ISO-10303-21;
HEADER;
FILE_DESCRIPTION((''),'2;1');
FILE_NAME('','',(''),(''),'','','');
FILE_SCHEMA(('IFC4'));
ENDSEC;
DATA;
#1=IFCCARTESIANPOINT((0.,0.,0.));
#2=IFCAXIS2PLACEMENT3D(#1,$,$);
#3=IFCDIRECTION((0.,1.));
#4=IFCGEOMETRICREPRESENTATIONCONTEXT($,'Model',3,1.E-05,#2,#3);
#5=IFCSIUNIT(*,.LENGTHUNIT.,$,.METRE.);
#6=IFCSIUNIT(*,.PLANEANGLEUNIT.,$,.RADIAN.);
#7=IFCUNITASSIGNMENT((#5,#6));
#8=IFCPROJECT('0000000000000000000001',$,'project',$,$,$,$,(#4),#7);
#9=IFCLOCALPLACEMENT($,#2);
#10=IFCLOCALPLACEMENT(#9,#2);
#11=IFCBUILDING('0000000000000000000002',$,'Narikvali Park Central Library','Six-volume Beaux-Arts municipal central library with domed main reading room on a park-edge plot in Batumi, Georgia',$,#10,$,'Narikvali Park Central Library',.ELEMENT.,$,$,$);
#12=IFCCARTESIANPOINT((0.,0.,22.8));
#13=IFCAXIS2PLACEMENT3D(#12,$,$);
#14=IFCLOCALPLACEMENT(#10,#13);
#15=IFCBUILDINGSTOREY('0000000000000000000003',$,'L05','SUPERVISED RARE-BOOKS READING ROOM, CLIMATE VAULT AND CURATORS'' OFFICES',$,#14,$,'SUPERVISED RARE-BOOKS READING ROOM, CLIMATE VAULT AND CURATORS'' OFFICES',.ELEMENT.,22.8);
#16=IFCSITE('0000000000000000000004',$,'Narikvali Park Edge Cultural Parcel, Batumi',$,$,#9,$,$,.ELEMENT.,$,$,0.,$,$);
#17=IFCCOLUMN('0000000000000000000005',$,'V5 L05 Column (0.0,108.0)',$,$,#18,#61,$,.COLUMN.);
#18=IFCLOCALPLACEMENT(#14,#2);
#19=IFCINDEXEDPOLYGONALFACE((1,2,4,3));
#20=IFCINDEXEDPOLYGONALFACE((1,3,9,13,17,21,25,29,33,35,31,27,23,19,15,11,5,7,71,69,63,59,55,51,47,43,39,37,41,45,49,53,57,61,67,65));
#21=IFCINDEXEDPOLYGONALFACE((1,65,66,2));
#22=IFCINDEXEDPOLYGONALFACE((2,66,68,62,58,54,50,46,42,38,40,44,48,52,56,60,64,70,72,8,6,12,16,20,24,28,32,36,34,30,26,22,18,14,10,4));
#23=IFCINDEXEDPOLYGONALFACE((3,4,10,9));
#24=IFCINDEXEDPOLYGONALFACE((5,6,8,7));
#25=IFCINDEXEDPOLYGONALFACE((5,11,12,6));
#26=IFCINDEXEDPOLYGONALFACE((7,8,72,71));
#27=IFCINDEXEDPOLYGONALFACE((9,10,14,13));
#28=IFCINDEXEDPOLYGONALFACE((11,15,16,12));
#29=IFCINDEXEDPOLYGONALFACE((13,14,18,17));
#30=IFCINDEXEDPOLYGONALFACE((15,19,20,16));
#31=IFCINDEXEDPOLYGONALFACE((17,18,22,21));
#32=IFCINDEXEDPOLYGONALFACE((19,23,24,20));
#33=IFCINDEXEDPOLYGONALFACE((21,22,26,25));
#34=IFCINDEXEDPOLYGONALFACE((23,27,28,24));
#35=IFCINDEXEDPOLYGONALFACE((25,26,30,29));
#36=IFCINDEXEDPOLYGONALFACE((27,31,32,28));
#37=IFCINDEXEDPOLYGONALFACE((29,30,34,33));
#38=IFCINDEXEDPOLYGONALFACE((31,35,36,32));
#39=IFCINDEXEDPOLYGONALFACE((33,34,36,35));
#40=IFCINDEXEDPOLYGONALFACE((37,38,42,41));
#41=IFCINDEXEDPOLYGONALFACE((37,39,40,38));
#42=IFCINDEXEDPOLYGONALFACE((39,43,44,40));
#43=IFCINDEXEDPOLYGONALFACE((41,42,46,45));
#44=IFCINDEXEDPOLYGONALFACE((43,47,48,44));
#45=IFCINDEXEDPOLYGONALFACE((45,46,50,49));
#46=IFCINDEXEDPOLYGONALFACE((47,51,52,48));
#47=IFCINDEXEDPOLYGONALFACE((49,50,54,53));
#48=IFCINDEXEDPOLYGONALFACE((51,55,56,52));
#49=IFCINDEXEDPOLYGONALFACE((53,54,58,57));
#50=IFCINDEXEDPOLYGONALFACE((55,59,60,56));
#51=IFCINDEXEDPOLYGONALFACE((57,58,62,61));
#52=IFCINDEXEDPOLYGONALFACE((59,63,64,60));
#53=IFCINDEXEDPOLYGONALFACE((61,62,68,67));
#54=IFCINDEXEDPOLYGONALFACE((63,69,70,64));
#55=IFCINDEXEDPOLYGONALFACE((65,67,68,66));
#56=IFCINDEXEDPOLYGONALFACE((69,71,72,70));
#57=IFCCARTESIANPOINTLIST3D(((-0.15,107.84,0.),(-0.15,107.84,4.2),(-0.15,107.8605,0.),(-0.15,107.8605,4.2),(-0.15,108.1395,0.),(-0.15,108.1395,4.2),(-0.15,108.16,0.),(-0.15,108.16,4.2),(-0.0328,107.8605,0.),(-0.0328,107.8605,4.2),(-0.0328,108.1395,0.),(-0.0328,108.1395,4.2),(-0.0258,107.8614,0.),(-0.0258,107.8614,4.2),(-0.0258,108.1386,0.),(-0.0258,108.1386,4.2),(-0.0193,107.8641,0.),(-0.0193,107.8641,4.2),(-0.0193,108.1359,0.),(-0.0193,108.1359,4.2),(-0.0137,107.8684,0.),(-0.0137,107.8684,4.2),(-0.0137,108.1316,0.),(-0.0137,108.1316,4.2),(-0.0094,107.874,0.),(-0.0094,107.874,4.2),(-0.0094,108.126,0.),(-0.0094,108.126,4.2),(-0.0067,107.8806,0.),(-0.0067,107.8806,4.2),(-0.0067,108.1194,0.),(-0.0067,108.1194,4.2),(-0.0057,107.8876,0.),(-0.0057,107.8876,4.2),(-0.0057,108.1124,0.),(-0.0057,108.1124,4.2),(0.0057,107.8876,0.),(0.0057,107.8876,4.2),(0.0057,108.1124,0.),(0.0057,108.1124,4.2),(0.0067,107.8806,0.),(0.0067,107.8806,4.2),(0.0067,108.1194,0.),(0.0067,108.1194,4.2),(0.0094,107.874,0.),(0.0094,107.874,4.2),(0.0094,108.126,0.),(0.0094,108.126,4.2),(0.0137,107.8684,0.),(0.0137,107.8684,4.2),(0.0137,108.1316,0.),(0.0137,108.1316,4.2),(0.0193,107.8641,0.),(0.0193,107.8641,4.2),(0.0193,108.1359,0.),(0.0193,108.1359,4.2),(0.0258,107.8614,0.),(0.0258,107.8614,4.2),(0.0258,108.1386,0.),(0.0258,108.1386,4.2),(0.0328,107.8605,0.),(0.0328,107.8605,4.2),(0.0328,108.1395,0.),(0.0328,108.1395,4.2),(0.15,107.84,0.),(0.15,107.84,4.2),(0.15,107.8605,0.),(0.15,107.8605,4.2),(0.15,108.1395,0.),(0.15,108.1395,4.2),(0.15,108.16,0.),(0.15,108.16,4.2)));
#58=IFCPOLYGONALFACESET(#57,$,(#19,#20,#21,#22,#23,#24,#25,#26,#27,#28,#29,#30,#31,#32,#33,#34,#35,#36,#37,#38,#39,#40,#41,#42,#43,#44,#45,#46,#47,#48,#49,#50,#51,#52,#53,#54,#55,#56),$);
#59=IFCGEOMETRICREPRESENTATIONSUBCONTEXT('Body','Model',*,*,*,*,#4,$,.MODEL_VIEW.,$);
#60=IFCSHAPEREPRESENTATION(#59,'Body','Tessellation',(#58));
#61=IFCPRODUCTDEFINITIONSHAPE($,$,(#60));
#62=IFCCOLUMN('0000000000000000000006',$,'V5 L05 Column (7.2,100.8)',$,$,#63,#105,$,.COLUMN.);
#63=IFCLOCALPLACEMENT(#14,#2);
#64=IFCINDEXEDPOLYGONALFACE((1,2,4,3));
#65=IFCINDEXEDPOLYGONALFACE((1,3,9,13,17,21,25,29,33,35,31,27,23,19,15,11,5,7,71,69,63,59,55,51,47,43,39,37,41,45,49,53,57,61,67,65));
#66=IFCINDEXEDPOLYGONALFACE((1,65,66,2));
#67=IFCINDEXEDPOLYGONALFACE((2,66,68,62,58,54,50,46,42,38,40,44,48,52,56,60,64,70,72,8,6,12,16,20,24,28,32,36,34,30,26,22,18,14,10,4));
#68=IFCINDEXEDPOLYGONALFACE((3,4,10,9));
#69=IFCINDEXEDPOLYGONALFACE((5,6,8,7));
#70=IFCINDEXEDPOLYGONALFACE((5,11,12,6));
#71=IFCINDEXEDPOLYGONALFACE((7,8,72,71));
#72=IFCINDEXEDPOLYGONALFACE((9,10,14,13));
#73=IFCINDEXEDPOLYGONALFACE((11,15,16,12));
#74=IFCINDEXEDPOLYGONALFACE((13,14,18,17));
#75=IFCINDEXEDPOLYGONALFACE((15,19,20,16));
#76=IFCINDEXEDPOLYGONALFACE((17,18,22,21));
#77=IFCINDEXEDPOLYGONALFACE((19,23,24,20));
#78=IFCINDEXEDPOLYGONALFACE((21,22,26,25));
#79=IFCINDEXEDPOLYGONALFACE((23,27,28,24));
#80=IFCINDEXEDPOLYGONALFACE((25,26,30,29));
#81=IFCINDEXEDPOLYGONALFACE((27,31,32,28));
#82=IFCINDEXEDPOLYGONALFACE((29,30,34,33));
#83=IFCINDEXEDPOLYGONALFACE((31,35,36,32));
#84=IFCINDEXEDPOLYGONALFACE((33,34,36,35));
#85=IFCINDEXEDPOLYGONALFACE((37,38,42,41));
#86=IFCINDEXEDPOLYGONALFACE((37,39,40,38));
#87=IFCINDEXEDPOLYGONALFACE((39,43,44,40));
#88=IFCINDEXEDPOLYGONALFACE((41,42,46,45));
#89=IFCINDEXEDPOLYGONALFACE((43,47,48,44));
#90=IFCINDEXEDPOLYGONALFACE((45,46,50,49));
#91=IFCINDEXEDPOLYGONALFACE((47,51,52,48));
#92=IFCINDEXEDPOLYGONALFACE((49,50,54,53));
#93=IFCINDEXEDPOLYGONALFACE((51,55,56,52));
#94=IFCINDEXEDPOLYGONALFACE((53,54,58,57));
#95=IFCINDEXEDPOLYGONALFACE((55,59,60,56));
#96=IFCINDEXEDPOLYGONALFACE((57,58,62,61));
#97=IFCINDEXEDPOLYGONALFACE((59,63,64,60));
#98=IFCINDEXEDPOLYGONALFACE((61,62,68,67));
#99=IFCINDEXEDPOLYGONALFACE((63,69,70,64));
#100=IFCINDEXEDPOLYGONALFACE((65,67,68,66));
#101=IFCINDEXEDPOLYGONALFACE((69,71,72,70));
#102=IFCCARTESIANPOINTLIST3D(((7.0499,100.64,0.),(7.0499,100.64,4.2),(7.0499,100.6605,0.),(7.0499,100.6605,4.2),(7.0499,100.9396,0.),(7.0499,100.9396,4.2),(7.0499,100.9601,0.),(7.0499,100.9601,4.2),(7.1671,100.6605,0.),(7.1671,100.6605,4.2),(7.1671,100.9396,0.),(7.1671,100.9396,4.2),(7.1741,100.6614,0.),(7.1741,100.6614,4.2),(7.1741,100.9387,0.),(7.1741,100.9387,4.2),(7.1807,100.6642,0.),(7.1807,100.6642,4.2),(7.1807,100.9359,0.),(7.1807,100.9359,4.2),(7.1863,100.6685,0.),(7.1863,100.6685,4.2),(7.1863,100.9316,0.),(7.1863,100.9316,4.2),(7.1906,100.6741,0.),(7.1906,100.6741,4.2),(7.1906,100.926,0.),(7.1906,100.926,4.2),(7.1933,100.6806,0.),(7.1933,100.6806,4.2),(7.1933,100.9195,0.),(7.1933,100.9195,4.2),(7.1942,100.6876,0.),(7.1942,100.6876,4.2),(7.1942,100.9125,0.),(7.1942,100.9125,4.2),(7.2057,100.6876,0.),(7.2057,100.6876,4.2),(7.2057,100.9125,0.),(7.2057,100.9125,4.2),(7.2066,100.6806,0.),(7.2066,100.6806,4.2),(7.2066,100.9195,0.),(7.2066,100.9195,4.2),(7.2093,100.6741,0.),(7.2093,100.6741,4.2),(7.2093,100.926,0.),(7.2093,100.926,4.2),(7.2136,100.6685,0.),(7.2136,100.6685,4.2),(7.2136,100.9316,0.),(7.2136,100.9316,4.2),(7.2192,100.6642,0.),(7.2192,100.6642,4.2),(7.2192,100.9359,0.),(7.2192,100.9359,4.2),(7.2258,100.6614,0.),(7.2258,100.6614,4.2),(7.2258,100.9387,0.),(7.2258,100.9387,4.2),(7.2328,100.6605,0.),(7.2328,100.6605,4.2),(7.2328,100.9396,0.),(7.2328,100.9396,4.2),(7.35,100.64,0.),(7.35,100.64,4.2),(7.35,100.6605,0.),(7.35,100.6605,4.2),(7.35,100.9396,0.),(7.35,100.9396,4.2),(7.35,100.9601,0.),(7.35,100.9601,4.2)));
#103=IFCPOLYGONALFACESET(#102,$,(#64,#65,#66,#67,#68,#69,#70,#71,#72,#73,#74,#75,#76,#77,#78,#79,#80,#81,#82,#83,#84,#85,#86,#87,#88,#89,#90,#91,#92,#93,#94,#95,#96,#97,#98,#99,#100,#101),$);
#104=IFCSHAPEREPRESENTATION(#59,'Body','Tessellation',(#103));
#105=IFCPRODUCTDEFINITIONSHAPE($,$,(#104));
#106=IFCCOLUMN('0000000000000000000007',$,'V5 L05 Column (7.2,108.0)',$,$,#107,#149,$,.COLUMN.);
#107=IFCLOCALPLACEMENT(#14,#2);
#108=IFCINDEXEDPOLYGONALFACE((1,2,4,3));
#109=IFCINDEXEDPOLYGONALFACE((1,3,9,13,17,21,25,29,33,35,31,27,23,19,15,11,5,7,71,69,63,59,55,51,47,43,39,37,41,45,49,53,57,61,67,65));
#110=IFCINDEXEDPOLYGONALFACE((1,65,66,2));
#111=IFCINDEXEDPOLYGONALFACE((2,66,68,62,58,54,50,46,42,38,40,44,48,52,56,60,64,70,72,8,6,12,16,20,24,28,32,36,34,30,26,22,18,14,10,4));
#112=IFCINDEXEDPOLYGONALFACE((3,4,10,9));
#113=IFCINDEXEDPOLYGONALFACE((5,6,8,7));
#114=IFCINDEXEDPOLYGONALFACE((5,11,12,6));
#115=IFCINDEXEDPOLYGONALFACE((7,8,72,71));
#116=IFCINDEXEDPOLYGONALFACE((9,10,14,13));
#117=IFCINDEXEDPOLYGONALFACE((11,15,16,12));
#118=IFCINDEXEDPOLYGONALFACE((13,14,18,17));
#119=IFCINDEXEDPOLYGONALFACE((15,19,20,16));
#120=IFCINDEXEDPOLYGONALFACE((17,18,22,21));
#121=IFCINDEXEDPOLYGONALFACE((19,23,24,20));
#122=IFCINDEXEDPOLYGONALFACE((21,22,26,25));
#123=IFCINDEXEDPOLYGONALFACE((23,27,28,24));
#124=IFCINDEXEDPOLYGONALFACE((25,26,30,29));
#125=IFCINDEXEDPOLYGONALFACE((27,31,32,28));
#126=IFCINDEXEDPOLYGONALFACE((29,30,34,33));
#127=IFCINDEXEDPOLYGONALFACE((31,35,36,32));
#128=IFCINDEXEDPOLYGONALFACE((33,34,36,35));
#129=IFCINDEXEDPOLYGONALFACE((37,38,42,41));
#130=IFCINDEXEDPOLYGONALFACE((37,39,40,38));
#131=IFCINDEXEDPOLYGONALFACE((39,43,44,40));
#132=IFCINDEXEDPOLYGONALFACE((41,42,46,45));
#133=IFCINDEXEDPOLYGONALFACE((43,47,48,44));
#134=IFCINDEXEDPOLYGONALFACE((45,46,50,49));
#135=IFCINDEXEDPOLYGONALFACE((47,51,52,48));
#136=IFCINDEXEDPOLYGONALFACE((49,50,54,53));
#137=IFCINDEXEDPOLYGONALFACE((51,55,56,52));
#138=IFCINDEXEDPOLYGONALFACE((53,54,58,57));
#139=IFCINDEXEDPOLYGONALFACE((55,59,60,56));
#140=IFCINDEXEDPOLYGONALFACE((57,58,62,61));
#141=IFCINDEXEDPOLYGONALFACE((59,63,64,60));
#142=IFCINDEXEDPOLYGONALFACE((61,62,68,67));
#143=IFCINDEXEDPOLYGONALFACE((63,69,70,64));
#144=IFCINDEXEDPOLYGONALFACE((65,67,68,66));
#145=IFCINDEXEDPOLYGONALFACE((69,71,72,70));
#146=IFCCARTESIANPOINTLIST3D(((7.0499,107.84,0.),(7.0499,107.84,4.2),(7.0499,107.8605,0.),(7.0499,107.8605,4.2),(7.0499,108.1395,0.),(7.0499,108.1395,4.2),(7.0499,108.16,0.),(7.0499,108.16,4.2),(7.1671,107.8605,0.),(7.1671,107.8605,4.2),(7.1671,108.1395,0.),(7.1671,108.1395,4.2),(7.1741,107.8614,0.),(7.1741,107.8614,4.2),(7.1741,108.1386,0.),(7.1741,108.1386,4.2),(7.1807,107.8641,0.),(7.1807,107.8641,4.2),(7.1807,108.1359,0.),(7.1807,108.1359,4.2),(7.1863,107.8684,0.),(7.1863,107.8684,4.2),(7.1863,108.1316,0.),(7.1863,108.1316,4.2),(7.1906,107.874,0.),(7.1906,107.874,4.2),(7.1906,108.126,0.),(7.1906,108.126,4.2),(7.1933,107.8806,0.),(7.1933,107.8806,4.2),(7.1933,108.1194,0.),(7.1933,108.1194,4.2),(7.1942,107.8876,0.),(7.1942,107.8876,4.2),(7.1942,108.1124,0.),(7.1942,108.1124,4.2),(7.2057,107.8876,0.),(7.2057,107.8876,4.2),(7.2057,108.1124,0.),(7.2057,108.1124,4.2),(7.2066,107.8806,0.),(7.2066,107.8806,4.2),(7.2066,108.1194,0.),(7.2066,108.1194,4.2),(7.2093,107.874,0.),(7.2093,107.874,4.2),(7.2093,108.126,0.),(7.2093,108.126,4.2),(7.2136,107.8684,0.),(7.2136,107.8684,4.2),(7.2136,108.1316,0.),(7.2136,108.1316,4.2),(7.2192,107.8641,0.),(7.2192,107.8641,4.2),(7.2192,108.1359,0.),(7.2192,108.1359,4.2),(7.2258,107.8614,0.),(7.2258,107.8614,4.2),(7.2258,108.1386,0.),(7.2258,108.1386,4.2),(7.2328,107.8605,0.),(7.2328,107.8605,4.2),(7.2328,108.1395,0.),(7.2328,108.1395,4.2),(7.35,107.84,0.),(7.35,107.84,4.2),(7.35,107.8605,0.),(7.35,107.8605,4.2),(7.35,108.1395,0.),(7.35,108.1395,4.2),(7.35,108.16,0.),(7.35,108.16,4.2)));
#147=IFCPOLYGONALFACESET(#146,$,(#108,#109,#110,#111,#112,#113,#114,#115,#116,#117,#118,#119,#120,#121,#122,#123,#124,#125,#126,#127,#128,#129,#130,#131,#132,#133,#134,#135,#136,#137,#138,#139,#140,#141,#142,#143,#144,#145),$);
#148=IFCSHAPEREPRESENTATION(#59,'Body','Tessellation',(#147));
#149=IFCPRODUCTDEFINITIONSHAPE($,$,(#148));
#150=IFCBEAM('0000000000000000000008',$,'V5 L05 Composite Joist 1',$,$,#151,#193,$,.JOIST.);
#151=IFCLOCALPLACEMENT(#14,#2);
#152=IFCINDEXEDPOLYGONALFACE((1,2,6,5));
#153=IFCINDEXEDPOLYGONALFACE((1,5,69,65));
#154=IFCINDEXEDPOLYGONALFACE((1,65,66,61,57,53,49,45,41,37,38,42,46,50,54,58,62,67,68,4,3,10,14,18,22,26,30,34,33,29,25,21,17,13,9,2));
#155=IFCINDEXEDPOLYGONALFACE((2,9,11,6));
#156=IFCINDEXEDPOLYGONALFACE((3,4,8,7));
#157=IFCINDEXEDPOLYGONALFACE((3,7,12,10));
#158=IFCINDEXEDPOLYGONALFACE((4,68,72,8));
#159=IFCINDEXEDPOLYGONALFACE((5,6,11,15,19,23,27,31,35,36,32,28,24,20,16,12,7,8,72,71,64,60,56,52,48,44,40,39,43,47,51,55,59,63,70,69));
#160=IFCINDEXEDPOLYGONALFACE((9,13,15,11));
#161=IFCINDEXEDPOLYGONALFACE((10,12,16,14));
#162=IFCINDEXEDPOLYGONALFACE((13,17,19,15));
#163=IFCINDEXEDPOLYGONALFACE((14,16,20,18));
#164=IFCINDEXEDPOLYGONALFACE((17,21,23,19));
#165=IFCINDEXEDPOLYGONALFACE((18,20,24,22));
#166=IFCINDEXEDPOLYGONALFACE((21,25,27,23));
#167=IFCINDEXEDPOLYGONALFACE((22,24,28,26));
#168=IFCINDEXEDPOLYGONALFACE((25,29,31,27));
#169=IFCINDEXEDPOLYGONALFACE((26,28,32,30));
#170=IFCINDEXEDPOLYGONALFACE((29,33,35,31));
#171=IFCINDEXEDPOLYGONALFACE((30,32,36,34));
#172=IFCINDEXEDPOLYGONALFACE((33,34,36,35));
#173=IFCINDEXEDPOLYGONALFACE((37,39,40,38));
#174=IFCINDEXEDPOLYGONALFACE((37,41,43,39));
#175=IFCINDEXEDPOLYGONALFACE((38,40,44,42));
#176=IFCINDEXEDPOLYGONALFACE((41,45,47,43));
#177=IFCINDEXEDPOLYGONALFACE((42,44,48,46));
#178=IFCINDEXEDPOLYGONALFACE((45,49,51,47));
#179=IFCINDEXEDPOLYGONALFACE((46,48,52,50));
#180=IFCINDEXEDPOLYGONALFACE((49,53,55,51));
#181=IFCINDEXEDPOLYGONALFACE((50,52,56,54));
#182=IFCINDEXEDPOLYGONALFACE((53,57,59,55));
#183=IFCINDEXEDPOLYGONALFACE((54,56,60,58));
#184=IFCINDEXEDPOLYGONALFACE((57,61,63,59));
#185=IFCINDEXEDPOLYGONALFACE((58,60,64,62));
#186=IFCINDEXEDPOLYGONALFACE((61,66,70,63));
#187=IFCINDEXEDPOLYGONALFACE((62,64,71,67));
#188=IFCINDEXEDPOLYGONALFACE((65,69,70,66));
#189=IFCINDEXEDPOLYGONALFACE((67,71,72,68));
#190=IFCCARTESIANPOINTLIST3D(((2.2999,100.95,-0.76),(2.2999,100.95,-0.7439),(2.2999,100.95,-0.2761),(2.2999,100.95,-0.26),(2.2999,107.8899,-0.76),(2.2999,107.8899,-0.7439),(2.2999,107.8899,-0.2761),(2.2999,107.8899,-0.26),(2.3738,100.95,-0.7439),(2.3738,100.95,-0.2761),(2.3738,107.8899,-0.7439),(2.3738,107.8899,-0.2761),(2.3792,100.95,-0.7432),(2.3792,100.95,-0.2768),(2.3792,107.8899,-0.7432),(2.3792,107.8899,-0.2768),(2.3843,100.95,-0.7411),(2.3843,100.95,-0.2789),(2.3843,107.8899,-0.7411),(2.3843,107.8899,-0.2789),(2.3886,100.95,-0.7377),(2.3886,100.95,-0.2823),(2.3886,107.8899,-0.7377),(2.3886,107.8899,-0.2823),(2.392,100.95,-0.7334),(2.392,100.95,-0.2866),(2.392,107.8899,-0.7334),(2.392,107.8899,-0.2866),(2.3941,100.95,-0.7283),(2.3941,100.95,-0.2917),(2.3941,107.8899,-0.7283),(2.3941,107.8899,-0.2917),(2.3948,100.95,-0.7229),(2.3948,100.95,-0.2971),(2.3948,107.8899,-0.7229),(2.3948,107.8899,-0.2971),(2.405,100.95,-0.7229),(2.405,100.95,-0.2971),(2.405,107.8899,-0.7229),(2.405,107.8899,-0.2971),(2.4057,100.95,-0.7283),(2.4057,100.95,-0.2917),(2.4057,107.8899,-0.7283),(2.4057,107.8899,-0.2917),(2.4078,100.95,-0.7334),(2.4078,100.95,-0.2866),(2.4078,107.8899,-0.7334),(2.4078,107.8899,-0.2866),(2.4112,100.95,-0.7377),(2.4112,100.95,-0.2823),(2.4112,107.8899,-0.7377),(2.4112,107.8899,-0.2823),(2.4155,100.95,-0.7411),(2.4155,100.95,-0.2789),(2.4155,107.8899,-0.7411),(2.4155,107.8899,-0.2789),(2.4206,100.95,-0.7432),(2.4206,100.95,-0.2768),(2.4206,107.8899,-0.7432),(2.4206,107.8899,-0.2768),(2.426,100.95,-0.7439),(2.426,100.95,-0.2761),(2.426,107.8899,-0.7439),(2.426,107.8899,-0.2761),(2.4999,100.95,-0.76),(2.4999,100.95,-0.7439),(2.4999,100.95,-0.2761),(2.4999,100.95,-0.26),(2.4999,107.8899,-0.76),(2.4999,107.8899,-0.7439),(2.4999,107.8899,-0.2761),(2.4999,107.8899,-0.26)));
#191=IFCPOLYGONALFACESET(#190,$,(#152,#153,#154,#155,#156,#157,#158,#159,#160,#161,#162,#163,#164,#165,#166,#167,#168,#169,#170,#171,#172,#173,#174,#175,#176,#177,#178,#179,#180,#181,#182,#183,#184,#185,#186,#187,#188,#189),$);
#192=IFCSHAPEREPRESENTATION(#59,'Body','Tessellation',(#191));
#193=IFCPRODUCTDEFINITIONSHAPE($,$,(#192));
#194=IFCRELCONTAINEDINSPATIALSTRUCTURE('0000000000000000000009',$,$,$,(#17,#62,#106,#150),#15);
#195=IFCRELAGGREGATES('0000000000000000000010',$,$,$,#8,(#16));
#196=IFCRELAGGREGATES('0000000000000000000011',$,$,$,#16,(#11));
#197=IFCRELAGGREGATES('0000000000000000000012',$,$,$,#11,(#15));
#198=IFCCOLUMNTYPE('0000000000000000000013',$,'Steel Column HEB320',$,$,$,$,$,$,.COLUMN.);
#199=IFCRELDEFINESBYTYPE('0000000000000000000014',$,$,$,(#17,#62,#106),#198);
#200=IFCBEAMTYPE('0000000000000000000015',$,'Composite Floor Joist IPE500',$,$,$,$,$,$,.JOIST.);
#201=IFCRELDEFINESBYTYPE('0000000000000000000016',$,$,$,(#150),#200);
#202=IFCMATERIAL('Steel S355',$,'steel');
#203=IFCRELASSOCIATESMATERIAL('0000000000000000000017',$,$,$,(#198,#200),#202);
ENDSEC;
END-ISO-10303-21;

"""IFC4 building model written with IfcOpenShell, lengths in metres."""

from ifc_helpers import new_model, si_unit, direction, frame, origin, origin_2d, place, context, subcontext, project, spatial, i_section, extrude, material, material_profile, profile_set, type_object, element, save


model = new_model("IFC4")

# Units and contexts
model_context = context("Model", 3, precision=1e-05, world=origin(), true_north=direction((0.0, 1.0)))
body_context = subcontext(model_context, "Body", "Model", "MODEL_VIEW")
ifc_project = project(units=[si_unit("LENGTHUNIT", "METRE"), si_unit("PLANEANGLEUNIT", "RADIAN")], contexts=[model_context])

# Site, building, storey
site_placement = place(None, origin())
site = spatial("IfcSite", under=ifc_project, at=site_placement, Name="Narikvali Park Edge Cultural Parcel, Batumi", CompositionType="ELEMENT", RefElevation=0.0)
building_placement = place(site_placement, origin())
building = spatial("IfcBuilding", under=site, at=building_placement, Name="Narikvali Park Central Library", Description="Six-volume Beaux-Arts municipal central library with domed main reading room on a park-edge plot in Batumi, Georgia", LongName="Narikvali Park Central Library", CompositionType="ELEMENT")
storey_placement = place(building_placement, frame((0.0, 0.0, 22.8)))
storey = spatial("IfcBuildingStorey", under=building, at=storey_placement, Name="L05", Description="SUPERVISED RARE-BOOKS READING ROOM, CLIMATE VAULT AND CURATORS' OFFICES", LongName="SUPERVISED RARE-BOOKS READING ROOM, CLIMATE VAULT AND CURATORS' OFFICES", CompositionType="ELEMENT", Elevation=22.8)

# Columns
ifc_material_1 = material(Name="Steel S355", Category="steel")
ifc_material_profile_1 = material_profile(ifc_material_1, i_section(OverallWidth=0.3, OverallDepth=0.3201, WebThickness=0.0115, FlangeThickness=0.0205, FilletRadius=0.0271, at=origin_2d()), Name="HEB 320")
ifc_profile_set_1 = profile_set([ifc_material_profile_1], Name="Steel S355")
column_type = type_object("IfcColumnType", Name="Steel Column HEB320", PredefinedType="COLUMN", material=ifc_profile_set_1)
for number, where, z_axis, x_axis, name in (
    (1, (0.0, 108.0, 0.0), (0.0, 0.0, 1.0), (1.0, 0.0, 0.0), "V5 L05 Column (0.0,108.0)"),
    (2, (7.2, 100.8, 0.0), (0.0, 0.0, 1.0), (1.0, 0.0, 0.0), "V5 L05 Column (7.2,100.8)"),
    (3, (7.2, 108.0, 0.0), (0.0, 0.0, 1.0), (1.0, 0.0, 0.0), "V5 L05 Column (7.2,108.0)"),
):
    element("IfcColumn", number, at=place(storey_placement, frame(where, z_axis=z_axis, x_axis=x_axis)), inside=storey, type_object=column_type, Name=name, PredefinedType="COLUMN", context=body_context, shape_type="SweptSolid", body=[
        extrude(i_section(OverallWidth=0.3, OverallDepth=0.3201, WebThickness=0.0115, FlangeThickness=0.0205, FilletRadius=0.0271, at=origin_2d()), origin(), (0.0, 0.0, 1.0), 4.2),
    ])

# Beam
ifc_material_profile_2 = material_profile(ifc_material_1, i_section(OverallWidth=0.2, OverallDepth=0.5, WebThickness=0.0103, FlangeThickness=0.0161, FilletRadius=0.021, at=origin_2d()), Name="IPE 500")
ifc_profile_set_2 = profile_set([ifc_material_profile_2], Name="Steel S355")
beam_type_1 = type_object("IfcBeamType", Name="Composite Floor Joist IPE500", PredefinedType="JOIST", material=ifc_profile_set_2)
for number, where, z_axis, x_axis, name in (
    (4, (2.3999, 100.95, -0.51), (0.0, 1.0, 0.0), (-1.0, 0.0, 0.0), "V5 L05 Composite Joist 1"),
):
    element("IfcBeam", number, at=place(storey_placement, frame(where, z_axis=z_axis, x_axis=x_axis)), inside=storey, type_object=beam_type_1, Name=name, PredefinedType="JOIST", context=body_context, shape_type="SweptSolid", body=[
        extrude(i_section(OverallWidth=0.2, OverallDepth=0.5, WebThickness=0.0103, FlangeThickness=0.0161, FilletRadius=0.021, at=origin_2d()), origin(), (0.0, 0.0, 1.0), 6.9399),
    ])

save(model, "model.ifc")
